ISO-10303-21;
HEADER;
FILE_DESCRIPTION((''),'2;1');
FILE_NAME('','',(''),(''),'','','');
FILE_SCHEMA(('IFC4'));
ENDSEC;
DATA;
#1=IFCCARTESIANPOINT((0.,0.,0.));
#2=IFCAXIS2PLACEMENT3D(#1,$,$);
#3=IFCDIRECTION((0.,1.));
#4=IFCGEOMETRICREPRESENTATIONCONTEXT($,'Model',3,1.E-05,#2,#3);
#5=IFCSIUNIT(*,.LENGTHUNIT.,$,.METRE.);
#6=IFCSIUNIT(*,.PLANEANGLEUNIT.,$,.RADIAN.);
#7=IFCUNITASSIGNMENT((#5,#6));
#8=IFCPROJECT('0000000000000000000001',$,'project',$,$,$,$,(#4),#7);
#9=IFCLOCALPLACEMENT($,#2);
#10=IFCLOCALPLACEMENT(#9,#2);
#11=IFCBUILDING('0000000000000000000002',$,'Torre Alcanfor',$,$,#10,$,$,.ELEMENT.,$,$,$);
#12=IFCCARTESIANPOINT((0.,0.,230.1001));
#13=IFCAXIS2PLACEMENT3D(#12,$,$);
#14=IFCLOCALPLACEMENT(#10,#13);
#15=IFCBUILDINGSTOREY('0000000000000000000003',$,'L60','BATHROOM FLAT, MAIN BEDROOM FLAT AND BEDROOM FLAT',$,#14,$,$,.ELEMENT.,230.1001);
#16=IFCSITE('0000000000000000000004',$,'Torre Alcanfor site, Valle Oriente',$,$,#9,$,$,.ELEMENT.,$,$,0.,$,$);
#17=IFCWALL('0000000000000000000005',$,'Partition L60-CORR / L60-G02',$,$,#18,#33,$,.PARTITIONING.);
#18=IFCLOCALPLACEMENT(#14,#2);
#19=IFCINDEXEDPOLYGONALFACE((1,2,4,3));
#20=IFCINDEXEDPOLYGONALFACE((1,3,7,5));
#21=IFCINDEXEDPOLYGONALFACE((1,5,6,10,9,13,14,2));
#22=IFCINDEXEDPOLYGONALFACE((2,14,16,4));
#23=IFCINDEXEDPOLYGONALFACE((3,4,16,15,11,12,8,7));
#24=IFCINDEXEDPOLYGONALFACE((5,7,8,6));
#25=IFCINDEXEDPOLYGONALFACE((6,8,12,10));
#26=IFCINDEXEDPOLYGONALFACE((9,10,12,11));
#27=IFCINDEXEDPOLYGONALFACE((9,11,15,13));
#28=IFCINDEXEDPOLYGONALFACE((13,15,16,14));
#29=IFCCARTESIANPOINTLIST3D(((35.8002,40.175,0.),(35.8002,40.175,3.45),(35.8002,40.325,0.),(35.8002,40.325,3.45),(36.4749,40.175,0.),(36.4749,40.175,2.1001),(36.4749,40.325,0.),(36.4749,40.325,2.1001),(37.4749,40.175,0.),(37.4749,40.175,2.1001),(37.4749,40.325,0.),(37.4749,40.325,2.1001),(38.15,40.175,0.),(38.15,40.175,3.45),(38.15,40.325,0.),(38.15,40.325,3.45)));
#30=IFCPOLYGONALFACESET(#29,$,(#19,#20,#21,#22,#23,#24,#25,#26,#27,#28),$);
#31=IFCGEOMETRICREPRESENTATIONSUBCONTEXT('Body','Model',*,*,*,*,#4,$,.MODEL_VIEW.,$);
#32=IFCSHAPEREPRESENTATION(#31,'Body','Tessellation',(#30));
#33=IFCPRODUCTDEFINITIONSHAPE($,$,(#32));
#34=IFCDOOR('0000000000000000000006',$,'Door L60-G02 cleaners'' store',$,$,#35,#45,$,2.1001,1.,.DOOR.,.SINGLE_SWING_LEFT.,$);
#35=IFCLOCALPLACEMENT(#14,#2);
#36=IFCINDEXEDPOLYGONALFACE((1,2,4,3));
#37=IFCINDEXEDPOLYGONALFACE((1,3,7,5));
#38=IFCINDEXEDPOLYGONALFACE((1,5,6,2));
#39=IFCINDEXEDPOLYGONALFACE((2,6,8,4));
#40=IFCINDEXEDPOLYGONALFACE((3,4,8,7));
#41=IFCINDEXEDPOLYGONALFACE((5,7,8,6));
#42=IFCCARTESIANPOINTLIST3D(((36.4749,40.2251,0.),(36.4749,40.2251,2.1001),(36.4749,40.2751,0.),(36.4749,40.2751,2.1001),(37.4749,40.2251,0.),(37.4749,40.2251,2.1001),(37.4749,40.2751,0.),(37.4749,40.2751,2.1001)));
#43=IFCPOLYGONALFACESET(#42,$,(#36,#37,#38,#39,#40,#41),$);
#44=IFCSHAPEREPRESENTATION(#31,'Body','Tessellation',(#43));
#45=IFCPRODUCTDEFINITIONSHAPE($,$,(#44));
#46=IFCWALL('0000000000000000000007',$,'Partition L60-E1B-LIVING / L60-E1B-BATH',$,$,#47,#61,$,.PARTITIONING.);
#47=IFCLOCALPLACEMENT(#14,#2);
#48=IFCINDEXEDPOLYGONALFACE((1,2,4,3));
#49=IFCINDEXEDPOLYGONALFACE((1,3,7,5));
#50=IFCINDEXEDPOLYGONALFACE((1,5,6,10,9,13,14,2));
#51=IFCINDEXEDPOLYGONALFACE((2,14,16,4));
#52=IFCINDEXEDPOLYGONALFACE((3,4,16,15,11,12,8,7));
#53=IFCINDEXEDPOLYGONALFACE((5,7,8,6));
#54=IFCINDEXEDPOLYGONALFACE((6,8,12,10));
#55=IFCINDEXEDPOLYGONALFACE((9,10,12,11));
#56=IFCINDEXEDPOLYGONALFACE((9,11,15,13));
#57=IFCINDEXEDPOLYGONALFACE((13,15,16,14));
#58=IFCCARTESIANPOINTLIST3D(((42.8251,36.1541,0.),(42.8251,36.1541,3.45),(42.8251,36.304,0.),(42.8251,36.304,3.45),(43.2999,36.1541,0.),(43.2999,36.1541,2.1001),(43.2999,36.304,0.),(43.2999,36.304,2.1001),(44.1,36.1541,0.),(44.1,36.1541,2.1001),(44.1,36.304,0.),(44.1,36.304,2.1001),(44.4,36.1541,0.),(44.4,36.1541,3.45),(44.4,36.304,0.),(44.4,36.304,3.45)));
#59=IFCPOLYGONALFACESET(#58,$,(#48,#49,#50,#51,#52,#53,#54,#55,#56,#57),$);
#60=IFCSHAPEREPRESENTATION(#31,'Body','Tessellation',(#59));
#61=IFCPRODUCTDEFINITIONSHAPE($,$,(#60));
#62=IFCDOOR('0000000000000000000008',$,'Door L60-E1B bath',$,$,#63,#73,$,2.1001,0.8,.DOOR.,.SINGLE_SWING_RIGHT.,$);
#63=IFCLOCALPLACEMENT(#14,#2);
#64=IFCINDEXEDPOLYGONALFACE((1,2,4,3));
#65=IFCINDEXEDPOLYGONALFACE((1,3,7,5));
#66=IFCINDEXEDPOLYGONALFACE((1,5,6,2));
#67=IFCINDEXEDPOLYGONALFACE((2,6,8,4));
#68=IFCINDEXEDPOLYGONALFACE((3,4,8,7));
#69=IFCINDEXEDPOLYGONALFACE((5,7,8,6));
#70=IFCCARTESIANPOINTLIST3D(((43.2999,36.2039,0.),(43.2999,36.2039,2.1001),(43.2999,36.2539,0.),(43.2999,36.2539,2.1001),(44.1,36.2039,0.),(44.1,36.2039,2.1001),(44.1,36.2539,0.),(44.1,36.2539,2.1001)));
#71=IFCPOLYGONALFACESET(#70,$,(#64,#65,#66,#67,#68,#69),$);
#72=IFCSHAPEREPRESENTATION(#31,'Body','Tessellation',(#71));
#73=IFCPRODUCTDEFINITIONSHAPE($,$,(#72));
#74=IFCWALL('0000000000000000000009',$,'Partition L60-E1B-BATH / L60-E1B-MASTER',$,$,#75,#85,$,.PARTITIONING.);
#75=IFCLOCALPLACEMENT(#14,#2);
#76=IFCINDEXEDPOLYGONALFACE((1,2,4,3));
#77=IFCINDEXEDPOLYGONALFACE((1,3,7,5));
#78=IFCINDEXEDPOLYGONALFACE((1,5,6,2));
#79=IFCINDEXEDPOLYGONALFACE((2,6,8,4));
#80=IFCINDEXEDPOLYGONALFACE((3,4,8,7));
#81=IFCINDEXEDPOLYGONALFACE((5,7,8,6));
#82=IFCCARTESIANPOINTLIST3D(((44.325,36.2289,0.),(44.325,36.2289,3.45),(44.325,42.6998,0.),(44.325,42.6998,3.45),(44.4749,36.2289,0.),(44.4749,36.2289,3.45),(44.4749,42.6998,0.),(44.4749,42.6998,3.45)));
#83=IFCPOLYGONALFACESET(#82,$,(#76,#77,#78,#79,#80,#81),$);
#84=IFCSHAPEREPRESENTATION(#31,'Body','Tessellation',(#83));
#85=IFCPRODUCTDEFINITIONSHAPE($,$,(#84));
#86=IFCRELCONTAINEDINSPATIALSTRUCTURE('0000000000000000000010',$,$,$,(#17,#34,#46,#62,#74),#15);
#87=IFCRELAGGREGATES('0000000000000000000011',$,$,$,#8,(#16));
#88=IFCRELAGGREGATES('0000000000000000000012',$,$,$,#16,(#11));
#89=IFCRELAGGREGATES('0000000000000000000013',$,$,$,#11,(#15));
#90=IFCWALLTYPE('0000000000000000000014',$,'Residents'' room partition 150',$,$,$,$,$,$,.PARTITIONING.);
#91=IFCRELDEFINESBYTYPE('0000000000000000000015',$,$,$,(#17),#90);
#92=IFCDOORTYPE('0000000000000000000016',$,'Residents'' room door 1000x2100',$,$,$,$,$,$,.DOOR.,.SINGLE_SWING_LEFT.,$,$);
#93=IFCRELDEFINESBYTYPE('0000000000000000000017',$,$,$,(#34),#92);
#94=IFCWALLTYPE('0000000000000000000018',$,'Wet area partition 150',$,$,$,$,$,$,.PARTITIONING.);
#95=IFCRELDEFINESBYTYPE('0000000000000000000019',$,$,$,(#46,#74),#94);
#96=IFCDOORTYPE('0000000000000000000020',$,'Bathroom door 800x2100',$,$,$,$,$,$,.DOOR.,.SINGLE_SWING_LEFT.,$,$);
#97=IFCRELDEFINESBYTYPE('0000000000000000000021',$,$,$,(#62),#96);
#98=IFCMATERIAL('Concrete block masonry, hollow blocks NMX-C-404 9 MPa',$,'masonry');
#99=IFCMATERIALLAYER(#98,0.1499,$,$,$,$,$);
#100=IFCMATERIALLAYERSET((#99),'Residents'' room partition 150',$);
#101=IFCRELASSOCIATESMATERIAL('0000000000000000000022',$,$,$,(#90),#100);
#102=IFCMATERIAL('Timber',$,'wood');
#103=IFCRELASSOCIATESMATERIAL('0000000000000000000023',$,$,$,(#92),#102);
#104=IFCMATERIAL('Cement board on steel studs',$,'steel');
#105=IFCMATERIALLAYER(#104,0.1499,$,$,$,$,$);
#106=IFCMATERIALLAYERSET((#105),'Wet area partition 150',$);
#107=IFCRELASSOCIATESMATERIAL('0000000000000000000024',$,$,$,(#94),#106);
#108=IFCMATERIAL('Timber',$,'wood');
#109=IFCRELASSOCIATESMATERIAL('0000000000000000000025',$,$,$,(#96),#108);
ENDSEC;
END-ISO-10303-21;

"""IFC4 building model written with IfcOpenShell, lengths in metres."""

from ifc_helpers import new_model, si_unit, direction, frame, frame_2d, origin, place, context, subcontext, project, spatial, rectangle, extrude, material, layer, layer_set, type_object, element, fill, save


model = new_model("IFC4")

# Units and contexts
model_context = context("Model", 3, precision=1e-05, world=origin(), true_north=direction((0.0, 1.0)))
body_context = subcontext(model_context, "Body", "Model", "MODEL_VIEW")
ifc_project = project(units=[si_unit("LENGTHUNIT", "METRE"), si_unit("PLANEANGLEUNIT", "RADIAN")], contexts=[model_context])

# Site, building, storey
site_placement = place(None, origin())
site = spatial("IfcSite", under=ifc_project, at=site_placement, Name="Torre Alcanfor site, Valle Oriente", CompositionType="ELEMENT", RefElevation=0.0)
building_placement = place(site_placement, origin())
building = spatial("IfcBuilding", under=site, at=building_placement, Name="Torre Alcanfor", CompositionType="ELEMENT")
storey_placement = place(building_placement, frame((0.0, 0.0, 230.1001)))
storey = spatial("IfcBuildingStorey", under=building, at=storey_placement, Name="L60", Description="BATHROOM FLAT, MAIN BEDROOM FLAT AND BEDROOM FLAT", CompositionType="ELEMENT", Elevation=230.1001)

# Shared definitions
ifc_material_1 = material(Name="Concrete block masonry, hollow blocks NMX-C-404 9 MPa", Category="masonry")
ifc_layer_1 = layer(ifc_material_1, 0.1499)
ifc_layer_set_1 = layer_set([ifc_layer_1], Name="Residents' room partition 150")
wall_type_1 = type_object("IfcWallType", Name="Residents' room partition 150", PredefinedType="PARTITIONING", material=ifc_layer_set_1)

# Wall, opening, door
wall_1_placement = place(storey_placement, frame((38.1499, 40.25, 0.0), z_axis=(0.0, 0.0, 1.0), x_axis=(-1.0, 0.0, 0.0)))
wall_1 = element("IfcWall", 1, at=wall_1_placement, inside=storey, type_object=wall_type_1, Name="Partition L60-CORR / L60-G02", PredefinedType="PARTITIONING", context=body_context, shape_type="SweptSolid", body=[
    extrude(rectangle(XDim=2.3499, YDim=0.1499, at=frame_2d((1.1748, 0.0))), origin(), (0.0, 0.0, 1.0), 3.45),
])
opening_1_placement = place(wall_1_placement, frame((0.675, 0.0, 0.0)))
opening_1 = element("IfcOpeningElement", 2, at=opening_1_placement, cuts=wall_1, PredefinedType="OPENING", context=body_context, shape_type="SweptSolid", body=[
    extrude(rectangle(XDim=1.0, YDim=2.1001, at=frame_2d((0.5, 1.05))), frame((0.0, 0.085, 0.0), z_axis=(0.0, -1.0, 0.0), x_axis=(1.0, 0.0, 0.0)), (0.0, 0.0, 1.0), 0.1699),
])
ifc_material_2 = material(Name="Timber", Category="wood")
door_type_1 = type_object("IfcDoorType", Name="Residents' room door 1000x2100", OperationType="SINGLE_SWING_LEFT", PredefinedType="DOOR", material=ifc_material_2)
door_1_placement = place(opening_1_placement, origin())
door_1 = element("IfcDoor", 3, at=door_1_placement, inside=storey, type_object=door_type_1, Name="Door L60-G02 cleaners' store", OperationType="SINGLE_SWING_LEFT", OverallHeight=2.1001, OverallWidth=1.0, PredefinedType="DOOR", context=body_context, shape_type="SweptSolid", body=[
    extrude(rectangle(XDim=1.0, YDim=2.1001, at=frame_2d((0.5, 1.05))), frame((0.0, 0.0249, 0.0), z_axis=(0.0, -1.0, 0.0), x_axis=(1.0, 0.0, 0.0)), (0.0, 0.0, 1.0), 0.05),
])
fill(opening_1, door_1)

# Wall, opening, door
ifc_material_3 = material(Name="Cement board on steel studs", Category="steel")
ifc_layer_2 = layer(ifc_material_3, 0.1499)
ifc_layer_set_2 = layer_set([ifc_layer_2], Name="Wet area partition 150")
wall_type_2 = type_object("IfcWallType", Name="Wet area partition 150", PredefinedType="PARTITIONING", material=ifc_layer_set_2)
wall_2_placement = place(storey_placement, frame((42.825, 36.229, 0.0), z_axis=(0.0, 0.0, 1.0), x_axis=(1.0, 0.0, 0.0)))
wall_2 = element("IfcWall", 4, at=wall_2_placement, inside=storey, type_object=wall_type_2, Name="Partition L60-E1B-LIVING / L60-E1B-BATH", PredefinedType="PARTITIONING", context=body_context, shape_type="SweptSolid", body=[
    extrude(rectangle(XDim=1.575, YDim=0.1499, at=frame_2d((0.7876, 0.0))), origin(), (0.0, 0.0, 1.0), 3.45),
])
opening_2_placement = place(wall_2_placement, frame((0.4751, 0.0, 0.0)))
opening_2 = element("IfcOpeningElement", 5, at=opening_2_placement, cuts=wall_2, PredefinedType="OPENING", context=body_context, shape_type="SweptSolid", body=[
    extrude(rectangle(XDim=0.8, YDim=2.1001, at=frame_2d((0.3999, 1.05))), frame((0.0, 0.085, 0.0), z_axis=(0.0, -1.0, 0.0), x_axis=(1.0, 0.0, 0.0)), (0.0, 0.0, 1.0), 0.1699),
])
ifc_material_4 = material(Name="Timber", Category="wood")
door_type_2 = type_object("IfcDoorType", Name="Bathroom door 800x2100", OperationType="SINGLE_SWING_LEFT", PredefinedType="DOOR", material=ifc_material_4)
door_2_placement = place(opening_2_placement, origin())
door_2 = element("IfcDoor", 6, at=door_2_placement, inside=storey, type_object=door_type_2, Name="Door L60-E1B bath", OperationType="SINGLE_SWING_RIGHT", OverallHeight=2.1001, OverallWidth=0.8, PredefinedType="DOOR", context=body_context, shape_type="SweptSolid", body=[
    extrude(rectangle(XDim=0.8, YDim=2.1001, at=frame_2d((0.3999, 1.05))), frame((0.0, 0.0249, 0.0), z_axis=(0.0, -1.0, 0.0), x_axis=(1.0, 0.0, 0.0)), (0.0, 0.0, 1.0), 0.05),
])
fill(opening_2, door_2)

# Wall
wall_3_placement = place(storey_placement, frame((44.3999, 36.229, 0.0), z_axis=(0.0, 0.0, 1.0), x_axis=(0.0, 1.0, 0.0)))
element("IfcWall", 7, at=wall_3_placement, inside=storey, type_object=wall_type_2, Name="Partition L60-E1B-BATH / L60-E1B-MASTER", PredefinedType="PARTITIONING", context=body_context, shape_type="SweptSolid", body=[
    extrude(rectangle(XDim=6.4709, YDim=0.1499, at=frame_2d((3.2354, 0.0))), origin(), (0.0, 0.0, 1.0), 3.45),
])

save(model, "model.ifc")
